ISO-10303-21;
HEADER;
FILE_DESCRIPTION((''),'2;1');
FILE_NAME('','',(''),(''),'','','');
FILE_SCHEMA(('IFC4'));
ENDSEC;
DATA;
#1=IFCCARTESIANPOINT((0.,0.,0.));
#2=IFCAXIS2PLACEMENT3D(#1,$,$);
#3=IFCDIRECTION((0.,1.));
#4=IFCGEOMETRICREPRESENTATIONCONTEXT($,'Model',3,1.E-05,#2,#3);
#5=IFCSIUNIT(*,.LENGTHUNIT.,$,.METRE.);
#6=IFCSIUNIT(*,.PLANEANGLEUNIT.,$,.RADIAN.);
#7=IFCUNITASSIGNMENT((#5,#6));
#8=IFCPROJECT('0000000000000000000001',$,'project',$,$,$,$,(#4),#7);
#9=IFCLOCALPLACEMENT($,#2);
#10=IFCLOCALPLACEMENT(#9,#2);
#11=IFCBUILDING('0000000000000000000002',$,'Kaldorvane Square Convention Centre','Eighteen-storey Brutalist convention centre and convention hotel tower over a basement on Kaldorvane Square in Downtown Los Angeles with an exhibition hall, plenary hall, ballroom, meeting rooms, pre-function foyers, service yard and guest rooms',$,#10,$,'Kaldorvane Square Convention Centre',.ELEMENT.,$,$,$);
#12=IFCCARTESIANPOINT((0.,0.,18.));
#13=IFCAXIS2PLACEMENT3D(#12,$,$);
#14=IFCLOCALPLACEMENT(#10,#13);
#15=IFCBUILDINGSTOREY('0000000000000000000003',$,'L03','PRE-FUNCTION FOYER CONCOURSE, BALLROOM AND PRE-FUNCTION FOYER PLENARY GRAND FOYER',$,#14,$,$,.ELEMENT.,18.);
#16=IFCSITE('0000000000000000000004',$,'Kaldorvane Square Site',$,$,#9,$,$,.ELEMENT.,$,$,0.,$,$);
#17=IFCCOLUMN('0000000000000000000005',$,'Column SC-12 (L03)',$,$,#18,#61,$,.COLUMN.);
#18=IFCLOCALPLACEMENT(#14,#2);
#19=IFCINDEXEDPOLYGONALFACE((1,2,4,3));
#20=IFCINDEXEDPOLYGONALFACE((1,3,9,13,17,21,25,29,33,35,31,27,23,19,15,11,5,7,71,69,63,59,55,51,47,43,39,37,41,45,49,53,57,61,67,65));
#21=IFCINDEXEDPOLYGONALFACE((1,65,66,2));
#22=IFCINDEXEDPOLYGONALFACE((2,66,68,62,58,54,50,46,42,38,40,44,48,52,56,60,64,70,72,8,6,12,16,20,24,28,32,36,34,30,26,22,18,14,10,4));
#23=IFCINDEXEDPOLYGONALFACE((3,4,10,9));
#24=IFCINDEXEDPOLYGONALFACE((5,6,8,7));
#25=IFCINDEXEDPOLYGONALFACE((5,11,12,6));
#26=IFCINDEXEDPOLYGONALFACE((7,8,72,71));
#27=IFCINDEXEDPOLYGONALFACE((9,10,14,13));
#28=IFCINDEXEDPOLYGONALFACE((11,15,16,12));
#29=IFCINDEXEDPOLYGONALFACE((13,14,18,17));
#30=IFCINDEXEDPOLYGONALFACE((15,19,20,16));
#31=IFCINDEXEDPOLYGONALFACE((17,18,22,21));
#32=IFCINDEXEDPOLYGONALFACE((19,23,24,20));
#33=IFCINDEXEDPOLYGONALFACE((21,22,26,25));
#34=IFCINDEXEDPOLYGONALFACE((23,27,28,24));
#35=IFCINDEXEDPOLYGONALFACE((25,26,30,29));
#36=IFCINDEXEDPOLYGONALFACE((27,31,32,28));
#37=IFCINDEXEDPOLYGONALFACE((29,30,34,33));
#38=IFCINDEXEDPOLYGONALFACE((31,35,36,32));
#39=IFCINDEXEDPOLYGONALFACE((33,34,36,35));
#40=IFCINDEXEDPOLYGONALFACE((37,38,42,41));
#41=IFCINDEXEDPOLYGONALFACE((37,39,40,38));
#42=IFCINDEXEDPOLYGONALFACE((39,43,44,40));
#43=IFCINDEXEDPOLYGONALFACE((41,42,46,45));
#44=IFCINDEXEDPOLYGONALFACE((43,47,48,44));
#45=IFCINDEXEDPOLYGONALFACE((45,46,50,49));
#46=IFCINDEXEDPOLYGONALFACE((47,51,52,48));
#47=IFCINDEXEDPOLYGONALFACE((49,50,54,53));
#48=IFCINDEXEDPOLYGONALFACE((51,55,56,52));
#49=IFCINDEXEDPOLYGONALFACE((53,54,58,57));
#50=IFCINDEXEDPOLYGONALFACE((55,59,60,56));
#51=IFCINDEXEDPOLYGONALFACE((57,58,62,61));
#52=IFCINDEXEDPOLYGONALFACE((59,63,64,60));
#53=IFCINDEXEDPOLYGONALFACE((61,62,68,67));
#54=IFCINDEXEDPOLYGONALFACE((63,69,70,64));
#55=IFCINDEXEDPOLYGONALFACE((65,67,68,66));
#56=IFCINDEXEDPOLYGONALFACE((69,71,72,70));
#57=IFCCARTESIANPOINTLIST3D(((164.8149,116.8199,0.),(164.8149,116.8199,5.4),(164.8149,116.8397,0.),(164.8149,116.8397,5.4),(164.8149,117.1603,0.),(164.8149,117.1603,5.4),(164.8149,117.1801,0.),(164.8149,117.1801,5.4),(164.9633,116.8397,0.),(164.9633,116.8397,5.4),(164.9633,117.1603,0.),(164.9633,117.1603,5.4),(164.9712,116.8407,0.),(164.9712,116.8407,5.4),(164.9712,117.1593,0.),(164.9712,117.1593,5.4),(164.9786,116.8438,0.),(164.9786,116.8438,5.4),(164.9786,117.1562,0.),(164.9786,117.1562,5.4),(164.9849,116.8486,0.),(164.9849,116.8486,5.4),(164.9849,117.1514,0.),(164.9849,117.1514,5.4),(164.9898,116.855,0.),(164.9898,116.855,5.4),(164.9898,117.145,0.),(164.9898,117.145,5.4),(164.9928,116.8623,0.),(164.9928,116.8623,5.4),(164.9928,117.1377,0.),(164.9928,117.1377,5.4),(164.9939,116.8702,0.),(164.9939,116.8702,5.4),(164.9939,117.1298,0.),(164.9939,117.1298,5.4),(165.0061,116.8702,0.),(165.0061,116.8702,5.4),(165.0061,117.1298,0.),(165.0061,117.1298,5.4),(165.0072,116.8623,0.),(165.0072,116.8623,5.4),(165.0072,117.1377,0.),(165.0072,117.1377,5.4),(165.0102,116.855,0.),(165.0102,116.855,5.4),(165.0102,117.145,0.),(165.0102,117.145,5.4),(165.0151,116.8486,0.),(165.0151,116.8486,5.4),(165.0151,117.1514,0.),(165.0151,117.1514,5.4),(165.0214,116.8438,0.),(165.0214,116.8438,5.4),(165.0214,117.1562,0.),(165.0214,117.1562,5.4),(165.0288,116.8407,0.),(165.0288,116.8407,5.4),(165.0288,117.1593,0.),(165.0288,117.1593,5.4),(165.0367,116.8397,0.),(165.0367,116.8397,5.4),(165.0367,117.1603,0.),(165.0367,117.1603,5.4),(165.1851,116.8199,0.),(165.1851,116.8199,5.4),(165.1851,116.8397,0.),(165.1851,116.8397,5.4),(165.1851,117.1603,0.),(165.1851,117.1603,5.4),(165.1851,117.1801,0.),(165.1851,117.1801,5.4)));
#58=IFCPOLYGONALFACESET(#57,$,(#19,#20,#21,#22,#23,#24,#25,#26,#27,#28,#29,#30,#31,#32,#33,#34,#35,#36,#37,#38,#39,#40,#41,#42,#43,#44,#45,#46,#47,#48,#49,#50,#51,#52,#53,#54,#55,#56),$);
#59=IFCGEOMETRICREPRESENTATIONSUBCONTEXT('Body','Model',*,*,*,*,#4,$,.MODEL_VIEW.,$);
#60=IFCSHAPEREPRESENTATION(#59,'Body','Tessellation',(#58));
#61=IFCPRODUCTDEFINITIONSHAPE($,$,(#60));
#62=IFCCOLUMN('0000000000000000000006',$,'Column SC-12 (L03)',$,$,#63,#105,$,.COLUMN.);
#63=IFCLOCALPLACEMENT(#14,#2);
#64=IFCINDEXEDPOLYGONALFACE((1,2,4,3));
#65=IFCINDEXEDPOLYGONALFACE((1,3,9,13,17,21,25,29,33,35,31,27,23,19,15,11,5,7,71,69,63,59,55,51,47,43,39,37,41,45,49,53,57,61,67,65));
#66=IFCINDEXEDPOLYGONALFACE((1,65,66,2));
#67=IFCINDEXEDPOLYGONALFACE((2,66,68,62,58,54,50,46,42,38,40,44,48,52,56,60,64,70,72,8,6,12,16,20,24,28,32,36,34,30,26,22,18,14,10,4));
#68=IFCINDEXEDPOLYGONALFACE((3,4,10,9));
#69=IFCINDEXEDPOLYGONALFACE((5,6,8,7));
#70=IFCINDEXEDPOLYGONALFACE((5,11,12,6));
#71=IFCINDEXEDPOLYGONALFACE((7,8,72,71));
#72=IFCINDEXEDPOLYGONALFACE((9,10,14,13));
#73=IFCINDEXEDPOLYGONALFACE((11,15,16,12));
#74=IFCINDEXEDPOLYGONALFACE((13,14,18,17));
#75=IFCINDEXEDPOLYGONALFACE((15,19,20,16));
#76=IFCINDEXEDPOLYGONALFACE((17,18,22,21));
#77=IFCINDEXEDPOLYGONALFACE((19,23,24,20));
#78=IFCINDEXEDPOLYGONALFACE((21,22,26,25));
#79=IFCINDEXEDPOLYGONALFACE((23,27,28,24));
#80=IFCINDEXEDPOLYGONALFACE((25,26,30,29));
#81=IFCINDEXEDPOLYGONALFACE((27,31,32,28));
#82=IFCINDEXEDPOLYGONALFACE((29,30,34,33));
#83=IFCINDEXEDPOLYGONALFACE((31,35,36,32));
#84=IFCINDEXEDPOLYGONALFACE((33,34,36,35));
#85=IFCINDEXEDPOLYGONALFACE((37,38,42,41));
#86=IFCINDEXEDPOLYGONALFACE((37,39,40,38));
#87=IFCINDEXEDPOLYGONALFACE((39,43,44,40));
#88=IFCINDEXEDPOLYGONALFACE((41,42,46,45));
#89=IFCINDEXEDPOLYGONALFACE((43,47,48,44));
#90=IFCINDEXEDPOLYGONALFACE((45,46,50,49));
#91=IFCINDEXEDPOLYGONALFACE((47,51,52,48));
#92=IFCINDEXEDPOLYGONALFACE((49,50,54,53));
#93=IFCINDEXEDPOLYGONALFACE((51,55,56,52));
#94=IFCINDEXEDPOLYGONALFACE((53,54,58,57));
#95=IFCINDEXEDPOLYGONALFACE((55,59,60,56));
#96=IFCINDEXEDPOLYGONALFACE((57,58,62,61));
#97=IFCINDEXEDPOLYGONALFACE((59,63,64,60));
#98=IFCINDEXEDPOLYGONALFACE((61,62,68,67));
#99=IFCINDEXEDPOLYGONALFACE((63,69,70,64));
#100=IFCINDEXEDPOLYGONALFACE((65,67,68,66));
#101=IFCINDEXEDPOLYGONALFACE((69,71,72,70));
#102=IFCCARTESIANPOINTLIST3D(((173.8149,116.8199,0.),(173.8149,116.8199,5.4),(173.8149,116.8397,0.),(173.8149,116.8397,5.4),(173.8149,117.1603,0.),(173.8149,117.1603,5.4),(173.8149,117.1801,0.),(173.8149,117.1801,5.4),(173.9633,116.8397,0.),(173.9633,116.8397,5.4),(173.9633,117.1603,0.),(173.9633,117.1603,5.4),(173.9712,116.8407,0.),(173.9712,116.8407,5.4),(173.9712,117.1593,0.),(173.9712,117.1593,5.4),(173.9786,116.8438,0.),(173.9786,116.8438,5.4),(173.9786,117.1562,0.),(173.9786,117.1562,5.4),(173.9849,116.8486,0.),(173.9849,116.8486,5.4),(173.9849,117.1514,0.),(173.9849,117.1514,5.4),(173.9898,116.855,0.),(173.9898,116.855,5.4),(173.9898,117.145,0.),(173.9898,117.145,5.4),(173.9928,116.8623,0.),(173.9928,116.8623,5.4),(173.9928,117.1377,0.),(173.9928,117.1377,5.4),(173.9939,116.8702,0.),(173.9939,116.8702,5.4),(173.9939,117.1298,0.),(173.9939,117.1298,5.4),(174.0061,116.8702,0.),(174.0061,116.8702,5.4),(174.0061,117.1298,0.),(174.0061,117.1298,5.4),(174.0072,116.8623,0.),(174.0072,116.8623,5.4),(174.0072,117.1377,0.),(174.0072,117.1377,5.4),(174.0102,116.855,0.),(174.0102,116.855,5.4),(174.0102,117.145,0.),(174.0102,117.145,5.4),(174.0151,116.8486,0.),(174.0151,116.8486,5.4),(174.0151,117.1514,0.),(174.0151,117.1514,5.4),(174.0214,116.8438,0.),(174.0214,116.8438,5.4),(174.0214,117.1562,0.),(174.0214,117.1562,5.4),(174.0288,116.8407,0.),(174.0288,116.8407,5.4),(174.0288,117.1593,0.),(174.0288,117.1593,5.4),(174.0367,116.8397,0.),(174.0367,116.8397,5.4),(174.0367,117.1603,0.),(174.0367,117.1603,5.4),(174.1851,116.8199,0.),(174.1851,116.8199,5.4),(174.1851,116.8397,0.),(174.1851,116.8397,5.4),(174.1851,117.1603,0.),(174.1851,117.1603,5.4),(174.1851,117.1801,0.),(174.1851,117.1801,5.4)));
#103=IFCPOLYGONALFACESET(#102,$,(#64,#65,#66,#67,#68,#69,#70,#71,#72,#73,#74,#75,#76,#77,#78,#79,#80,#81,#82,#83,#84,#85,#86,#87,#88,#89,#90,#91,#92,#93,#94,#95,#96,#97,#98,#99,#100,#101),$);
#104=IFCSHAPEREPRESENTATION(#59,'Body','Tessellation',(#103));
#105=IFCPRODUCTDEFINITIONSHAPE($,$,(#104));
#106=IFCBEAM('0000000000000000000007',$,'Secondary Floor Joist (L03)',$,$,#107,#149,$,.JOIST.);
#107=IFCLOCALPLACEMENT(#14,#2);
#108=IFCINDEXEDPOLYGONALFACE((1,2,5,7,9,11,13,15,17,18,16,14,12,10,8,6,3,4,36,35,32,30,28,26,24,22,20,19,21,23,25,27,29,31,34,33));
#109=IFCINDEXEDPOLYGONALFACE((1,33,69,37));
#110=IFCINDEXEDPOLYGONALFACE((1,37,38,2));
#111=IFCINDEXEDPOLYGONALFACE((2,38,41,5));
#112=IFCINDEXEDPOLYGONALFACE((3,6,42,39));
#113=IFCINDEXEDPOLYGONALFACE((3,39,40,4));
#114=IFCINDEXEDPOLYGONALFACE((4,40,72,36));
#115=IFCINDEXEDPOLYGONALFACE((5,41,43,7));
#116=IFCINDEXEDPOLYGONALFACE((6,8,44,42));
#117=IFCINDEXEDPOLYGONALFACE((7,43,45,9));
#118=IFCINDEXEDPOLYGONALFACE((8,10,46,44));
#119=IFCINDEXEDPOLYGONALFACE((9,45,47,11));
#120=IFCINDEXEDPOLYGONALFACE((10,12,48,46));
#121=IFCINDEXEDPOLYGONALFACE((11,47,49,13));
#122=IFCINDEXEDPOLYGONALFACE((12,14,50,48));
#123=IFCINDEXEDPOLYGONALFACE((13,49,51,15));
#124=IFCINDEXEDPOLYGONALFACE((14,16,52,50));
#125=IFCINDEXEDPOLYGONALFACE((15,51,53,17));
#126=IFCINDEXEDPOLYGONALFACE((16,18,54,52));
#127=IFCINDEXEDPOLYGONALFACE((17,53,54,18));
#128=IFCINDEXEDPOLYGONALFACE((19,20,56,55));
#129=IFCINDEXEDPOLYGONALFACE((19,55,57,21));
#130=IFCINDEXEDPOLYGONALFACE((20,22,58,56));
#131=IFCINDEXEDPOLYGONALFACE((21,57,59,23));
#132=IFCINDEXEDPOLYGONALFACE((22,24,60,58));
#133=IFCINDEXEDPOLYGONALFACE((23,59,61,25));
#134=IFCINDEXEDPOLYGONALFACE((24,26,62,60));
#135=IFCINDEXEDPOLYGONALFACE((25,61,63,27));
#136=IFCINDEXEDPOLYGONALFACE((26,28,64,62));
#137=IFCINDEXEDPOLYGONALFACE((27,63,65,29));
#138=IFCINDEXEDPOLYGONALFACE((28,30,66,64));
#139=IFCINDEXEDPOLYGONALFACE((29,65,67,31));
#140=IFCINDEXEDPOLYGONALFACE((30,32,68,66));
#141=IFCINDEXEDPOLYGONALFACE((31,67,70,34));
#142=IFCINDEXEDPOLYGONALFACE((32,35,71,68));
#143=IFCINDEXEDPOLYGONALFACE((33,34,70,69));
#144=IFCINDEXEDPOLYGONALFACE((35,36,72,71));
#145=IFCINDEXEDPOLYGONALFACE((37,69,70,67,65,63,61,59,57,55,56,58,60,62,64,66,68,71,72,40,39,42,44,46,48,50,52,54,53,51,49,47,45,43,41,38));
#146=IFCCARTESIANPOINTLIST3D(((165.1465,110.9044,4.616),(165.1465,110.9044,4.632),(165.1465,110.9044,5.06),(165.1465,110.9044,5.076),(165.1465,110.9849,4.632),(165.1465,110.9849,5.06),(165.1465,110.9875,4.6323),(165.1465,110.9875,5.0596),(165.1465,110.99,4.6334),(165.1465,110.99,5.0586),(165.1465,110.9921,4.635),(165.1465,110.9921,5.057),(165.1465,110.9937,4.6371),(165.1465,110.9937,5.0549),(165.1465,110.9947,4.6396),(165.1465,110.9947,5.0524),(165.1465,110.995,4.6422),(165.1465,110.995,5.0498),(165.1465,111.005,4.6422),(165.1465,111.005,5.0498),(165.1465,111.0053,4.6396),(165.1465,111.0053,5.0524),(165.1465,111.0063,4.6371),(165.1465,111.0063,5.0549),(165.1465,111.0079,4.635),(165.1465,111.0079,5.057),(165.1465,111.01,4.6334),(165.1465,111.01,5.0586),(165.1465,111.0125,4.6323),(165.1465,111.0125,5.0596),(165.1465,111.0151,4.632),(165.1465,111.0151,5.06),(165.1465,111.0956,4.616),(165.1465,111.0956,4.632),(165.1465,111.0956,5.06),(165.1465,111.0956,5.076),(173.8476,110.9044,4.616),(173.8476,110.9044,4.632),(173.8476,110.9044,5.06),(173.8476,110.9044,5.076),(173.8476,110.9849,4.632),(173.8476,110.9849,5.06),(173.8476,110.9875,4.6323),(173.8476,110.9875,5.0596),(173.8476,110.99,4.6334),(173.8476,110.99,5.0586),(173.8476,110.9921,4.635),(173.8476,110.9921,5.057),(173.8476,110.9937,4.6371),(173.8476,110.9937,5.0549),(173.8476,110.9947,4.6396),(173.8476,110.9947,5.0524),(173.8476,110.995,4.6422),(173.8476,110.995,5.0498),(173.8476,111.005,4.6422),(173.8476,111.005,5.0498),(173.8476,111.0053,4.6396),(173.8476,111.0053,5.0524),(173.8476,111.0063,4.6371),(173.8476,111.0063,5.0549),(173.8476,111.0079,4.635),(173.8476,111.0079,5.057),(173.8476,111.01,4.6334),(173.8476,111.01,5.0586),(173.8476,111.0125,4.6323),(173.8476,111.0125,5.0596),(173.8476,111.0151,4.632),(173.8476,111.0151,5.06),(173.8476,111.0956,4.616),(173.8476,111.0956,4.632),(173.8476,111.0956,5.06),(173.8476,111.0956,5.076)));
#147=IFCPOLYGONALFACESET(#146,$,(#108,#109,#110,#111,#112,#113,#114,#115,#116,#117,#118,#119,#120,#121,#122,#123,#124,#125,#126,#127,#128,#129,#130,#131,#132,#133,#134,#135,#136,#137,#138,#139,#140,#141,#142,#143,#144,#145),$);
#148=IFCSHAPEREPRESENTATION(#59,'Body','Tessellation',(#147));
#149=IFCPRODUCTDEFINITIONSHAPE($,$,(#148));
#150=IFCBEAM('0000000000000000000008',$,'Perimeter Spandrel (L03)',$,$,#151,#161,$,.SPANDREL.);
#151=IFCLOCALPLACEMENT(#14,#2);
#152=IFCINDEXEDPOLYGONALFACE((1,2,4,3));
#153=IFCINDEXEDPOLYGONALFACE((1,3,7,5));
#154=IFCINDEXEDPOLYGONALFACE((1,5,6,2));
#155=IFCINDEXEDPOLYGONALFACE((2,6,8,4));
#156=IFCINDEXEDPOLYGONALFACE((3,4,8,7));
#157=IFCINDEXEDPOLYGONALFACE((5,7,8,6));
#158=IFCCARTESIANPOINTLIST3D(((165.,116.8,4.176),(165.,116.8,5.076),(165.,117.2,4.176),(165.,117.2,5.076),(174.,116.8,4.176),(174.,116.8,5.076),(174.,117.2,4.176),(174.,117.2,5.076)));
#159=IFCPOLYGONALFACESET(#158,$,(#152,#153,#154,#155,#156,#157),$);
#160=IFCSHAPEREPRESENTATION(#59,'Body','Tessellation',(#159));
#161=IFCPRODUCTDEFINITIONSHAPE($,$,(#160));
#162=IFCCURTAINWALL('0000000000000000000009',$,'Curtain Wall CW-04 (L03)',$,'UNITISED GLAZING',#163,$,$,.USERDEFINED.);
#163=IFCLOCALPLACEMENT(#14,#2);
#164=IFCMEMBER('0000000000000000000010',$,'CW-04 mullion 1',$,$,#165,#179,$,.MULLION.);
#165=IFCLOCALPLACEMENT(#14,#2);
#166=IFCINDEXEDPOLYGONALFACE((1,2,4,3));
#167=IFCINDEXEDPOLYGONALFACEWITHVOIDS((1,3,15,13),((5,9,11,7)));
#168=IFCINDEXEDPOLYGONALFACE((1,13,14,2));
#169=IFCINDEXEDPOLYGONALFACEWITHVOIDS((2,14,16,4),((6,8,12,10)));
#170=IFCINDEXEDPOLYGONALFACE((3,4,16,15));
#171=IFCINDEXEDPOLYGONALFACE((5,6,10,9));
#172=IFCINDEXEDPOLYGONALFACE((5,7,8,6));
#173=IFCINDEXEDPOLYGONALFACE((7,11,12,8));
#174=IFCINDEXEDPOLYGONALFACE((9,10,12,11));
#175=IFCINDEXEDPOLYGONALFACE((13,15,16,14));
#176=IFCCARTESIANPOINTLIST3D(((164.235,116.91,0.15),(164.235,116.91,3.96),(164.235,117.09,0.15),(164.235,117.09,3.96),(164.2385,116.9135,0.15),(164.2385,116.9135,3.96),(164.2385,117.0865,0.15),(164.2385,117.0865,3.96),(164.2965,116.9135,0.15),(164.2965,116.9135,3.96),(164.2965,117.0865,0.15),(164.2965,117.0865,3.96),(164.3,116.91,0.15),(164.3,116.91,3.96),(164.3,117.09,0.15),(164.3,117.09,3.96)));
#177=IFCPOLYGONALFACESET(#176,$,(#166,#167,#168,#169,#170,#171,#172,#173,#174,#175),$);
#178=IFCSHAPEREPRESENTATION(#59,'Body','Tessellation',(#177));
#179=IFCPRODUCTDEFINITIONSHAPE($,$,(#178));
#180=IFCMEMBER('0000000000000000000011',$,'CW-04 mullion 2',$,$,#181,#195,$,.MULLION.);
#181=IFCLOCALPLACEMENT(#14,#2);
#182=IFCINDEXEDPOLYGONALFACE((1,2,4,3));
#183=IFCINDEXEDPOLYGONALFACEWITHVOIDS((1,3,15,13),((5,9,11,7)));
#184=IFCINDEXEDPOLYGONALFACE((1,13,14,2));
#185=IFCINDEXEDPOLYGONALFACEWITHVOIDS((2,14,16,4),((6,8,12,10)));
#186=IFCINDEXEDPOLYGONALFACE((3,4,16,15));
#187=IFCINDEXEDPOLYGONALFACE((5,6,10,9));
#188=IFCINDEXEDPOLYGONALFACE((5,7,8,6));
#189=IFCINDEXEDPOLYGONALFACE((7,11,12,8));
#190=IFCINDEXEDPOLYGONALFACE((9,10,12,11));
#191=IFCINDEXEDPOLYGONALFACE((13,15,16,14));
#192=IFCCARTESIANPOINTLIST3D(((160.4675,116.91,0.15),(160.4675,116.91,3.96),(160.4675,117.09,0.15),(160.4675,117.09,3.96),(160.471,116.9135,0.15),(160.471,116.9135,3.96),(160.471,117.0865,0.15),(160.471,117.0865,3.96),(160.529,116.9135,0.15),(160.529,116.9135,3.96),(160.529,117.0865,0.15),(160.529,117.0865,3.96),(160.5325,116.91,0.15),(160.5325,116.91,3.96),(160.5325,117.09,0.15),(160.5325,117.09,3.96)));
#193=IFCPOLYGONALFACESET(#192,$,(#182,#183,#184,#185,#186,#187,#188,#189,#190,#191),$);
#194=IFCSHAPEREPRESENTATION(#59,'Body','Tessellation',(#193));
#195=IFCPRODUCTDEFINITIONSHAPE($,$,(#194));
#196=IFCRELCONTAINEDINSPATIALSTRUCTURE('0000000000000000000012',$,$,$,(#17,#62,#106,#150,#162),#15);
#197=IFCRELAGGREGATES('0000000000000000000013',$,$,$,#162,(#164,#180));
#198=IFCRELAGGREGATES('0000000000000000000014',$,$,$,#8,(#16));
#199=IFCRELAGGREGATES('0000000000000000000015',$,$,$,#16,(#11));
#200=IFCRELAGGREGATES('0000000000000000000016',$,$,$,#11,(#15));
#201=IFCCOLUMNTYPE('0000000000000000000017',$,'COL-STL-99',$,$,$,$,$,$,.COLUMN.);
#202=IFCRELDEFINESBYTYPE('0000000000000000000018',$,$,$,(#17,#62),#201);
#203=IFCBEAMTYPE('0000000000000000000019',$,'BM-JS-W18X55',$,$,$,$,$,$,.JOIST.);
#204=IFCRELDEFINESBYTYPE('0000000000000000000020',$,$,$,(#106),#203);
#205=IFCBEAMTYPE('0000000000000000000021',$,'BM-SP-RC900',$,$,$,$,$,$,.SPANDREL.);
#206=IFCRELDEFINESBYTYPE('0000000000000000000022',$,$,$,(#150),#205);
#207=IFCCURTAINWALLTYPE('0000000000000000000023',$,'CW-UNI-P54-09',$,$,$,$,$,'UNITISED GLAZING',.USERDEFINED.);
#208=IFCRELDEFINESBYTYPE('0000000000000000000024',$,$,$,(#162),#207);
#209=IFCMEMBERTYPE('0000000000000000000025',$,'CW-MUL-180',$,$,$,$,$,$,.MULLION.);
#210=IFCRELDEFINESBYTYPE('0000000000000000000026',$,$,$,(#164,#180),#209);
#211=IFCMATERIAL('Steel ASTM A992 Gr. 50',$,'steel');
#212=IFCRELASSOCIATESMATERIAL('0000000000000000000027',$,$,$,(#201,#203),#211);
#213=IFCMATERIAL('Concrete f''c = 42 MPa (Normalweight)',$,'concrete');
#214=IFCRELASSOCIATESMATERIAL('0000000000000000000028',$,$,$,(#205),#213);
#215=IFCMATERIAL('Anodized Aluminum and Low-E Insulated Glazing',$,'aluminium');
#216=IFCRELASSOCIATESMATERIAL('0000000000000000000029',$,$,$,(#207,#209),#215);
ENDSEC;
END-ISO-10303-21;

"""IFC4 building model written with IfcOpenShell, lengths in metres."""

from ifc_helpers import new_model, si_unit, direction, frame, origin, origin_2d, place, context, subcontext, project, spatial, rectangle, hollow_rectangle, i_section, extrude, material, material_profile, profile_set, type_object, element, aggregate, save


model = new_model("IFC4")

# Units and contexts
model_context = context("Model", 3, precision=1e-05, world=origin(), true_north=direction((0.0, 1.0)))
body_context = subcontext(model_context, "Body", "Model", "MODEL_VIEW")
ifc_project = project(units=[si_unit("LENGTHUNIT", "METRE"), si_unit("PLANEANGLEUNIT", "RADIAN")], contexts=[model_context])

# Site, building, storey
site_placement = place(None, origin())
site = spatial("IfcSite", under=ifc_project, at=site_placement, Name="Kaldorvane Square Site", CompositionType="ELEMENT", RefElevation=0.0)
building_placement = place(site_placement, origin())
building = spatial("IfcBuilding", under=site, at=building_placement, Name="Kaldorvane Square Convention Centre", Description="Eighteen-storey Brutalist convention centre and convention hotel tower over a basement on Kaldorvane Square in Downtown Los Angeles with an exhibition hall, plenary hall, ballroom, meeting rooms, pre-function foyers, service yard and guest rooms", LongName="Kaldorvane Square Convention Centre", CompositionType="ELEMENT")
storey_placement = place(building_placement, frame((0.0, 0.0, 18.0)))
storey = spatial("IfcBuildingStorey", under=building, at=storey_placement, Name="L03", Description="PRE-FUNCTION FOYER CONCOURSE, BALLROOM AND PRE-FUNCTION FOYER PLENARY GRAND FOYER", CompositionType="ELEMENT", Elevation=18.0)

# Columns
ifc_material_1 = material(Name="Steel ASTM A992 Gr. 50", Category="steel")
ifc_material_profile_1 = material_profile(ifc_material_1, i_section(OverallWidth=0.3701, OverallDepth=0.3602, WebThickness=0.0123, FlangeThickness=0.0198, FilletRadius=0.0305, at=origin_2d()), Name="W14X99")
ifc_profile_set_1 = profile_set([ifc_material_profile_1], Name="Steel ASTM A992 Gr. 50")
column_type = type_object("IfcColumnType", Name="COL-STL-99", PredefinedType="COLUMN", material=ifc_profile_set_1)
for number, where, z_axis, x_axis, name in (
    (1, (165.0, 117.0, 0.0), (0.0, 0.0, 1.0), (1.0, 0.0, 0.0), "Column SC-12 (L03)"),
    (2, (174.0, 117.0, 0.0), (0.0, 0.0, 1.0), (1.0, 0.0, 0.0), "Column SC-12 (L03)"),
):
    element("IfcColumn", number, at=place(storey_placement, frame(where, z_axis=z_axis, x_axis=x_axis)), inside=storey, type_object=column_type, Name=name, PredefinedType="COLUMN", context=body_context, shape_type="SweptSolid", body=[
        extrude(i_section(OverallWidth=0.3701, OverallDepth=0.3602, WebThickness=0.0123, FlangeThickness=0.0198, FilletRadius=0.0305, at=origin_2d()), origin(), (0.0, 0.0, 1.0), 5.4),
    ])

# Beams
ifc_material_profile_2 = material_profile(ifc_material_1, i_section(OverallWidth=0.1913, OverallDepth=0.46, WebThickness=0.0099, FlangeThickness=0.016, FilletRadius=0.0102, at=origin_2d()), Name="W18X55")
ifc_profile_set_2 = profile_set([ifc_material_profile_2], Name="Steel ASTM A992 Gr. 50")
beam_type_1 = type_object("IfcBeamType", Name="BM-JS-W18X55", PredefinedType="JOIST", material=ifc_profile_set_2)
beam_1_placement = place(storey_placement, frame((165.1465, 111.0, 4.846), z_axis=(1.0, 0.0, 0.0), x_axis=(0.0, 1.0, 0.0)))
element("IfcBeam", 3, at=beam_1_placement, inside=storey, type_object=beam_type_1, Name="Secondary Floor Joist (L03)", PredefinedType="JOIST", context=body_context, shape_type="SweptSolid", body=[
    extrude(i_section(OverallWidth=0.1913, OverallDepth=0.46, WebThickness=0.0099, FlangeThickness=0.016, FilletRadius=0.0102, at=origin_2d()), origin(), (0.0, 0.0, 1.0), 8.7011),
])
ifc_material_2 = material(Name="Concrete f'c = 42 MPa (Normalweight)", Category="concrete")
ifc_material_profile_3 = material_profile(ifc_material_2, rectangle(XDim=0.4, YDim=0.9, at=origin_2d()), Name="RCSP900X400")
ifc_profile_set_3 = profile_set([ifc_material_profile_3], Name="Concrete f'c = 42 MPa (Normalweight)")
beam_type_2 = type_object("IfcBeamType", Name="BM-SP-RC900", PredefinedType="SPANDREL", material=ifc_profile_set_3)
beam_2_placement = place(storey_placement, frame((165.0, 117.0, 4.626), z_axis=(1.0, 0.0, 0.0), x_axis=(0.0, 1.0, 0.0)))
element("IfcBeam", 4, at=beam_2_placement, inside=storey, type_object=beam_type_2, Name="Perimeter Spandrel (L03)", PredefinedType="SPANDREL", context=body_context, shape_type="SweptSolid", body=[
    extrude(rectangle(XDim=0.4, YDim=0.9, at=origin_2d()), origin(), (0.0, 0.0, 1.0), 9.0),
])

# Curtain wall, members
ifc_material_3 = material(Name="Anodized Aluminum and Low-E Insulated Glazing", Category="aluminium")
curtain_wall_type = type_object("IfcCurtainWallType", Name="CW-UNI-P54-09", ElementType="UNITISED GLAZING", PredefinedType="USERDEFINED", material=ifc_material_3)
curtain_wall_1_placement = place(storey_placement, origin())
curtain_wall_1 = element("IfcCurtainWall", 5, at=curtain_wall_1_placement, inside=storey, type_object=curtain_wall_type, Name="Curtain Wall CW-04 (L03)", ObjectType="UNITISED GLAZING", PredefinedType="USERDEFINED")
ifc_material_profile_4 = material_profile(ifc_material_3, hollow_rectangle(XDim=0.065, YDim=0.18, WallThickness=0.0035, at=origin_2d()), Name="CWM-180X65")
ifc_profile_set_4 = profile_set([ifc_material_profile_4], Name="Anodized Aluminum and Low-E Insulated Glazing")
member_type_1 = type_object("IfcMemberType", Name="CW-MUL-180", PredefinedType="MULLION", material=ifc_profile_set_4)
member_1_placement = place(storey_placement, frame((164.2675, 117.0, 0.15), z_axis=(0.0, 0.0, 1.0), x_axis=(-1.0, 0.0, 0.0)))
member_1 = element("IfcMember", 6, at=member_1_placement, type_object=member_type_1, Name="CW-04 mullion 1", PredefinedType="MULLION", context=body_context, shape_type="SweptSolid", body=[
    extrude(hollow_rectangle(XDim=0.065, YDim=0.18, WallThickness=0.0035, at=origin_2d()), origin(), (0.0, 0.0, 1.0), 3.81),
])
member_2_placement = place(storey_placement, frame((160.5, 117.0, 0.15), z_axis=(0.0, 0.0, 1.0), x_axis=(-1.0, 0.0, 0.0)))
member_2 = element("IfcMember", 7, at=member_2_placement, type_object=member_type_1, Name="CW-04 mullion 2", PredefinedType="MULLION", context=body_context, shape_type="SweptSolid", body=[
    extrude(hollow_rectangle(XDim=0.065, YDim=0.18, WallThickness=0.0035, at=origin_2d()), origin(), (0.0, 0.0, 1.0), 3.81),
])

aggregate(curtain_wall_1, [member_1, member_2])

save(model, "model.ifc")
